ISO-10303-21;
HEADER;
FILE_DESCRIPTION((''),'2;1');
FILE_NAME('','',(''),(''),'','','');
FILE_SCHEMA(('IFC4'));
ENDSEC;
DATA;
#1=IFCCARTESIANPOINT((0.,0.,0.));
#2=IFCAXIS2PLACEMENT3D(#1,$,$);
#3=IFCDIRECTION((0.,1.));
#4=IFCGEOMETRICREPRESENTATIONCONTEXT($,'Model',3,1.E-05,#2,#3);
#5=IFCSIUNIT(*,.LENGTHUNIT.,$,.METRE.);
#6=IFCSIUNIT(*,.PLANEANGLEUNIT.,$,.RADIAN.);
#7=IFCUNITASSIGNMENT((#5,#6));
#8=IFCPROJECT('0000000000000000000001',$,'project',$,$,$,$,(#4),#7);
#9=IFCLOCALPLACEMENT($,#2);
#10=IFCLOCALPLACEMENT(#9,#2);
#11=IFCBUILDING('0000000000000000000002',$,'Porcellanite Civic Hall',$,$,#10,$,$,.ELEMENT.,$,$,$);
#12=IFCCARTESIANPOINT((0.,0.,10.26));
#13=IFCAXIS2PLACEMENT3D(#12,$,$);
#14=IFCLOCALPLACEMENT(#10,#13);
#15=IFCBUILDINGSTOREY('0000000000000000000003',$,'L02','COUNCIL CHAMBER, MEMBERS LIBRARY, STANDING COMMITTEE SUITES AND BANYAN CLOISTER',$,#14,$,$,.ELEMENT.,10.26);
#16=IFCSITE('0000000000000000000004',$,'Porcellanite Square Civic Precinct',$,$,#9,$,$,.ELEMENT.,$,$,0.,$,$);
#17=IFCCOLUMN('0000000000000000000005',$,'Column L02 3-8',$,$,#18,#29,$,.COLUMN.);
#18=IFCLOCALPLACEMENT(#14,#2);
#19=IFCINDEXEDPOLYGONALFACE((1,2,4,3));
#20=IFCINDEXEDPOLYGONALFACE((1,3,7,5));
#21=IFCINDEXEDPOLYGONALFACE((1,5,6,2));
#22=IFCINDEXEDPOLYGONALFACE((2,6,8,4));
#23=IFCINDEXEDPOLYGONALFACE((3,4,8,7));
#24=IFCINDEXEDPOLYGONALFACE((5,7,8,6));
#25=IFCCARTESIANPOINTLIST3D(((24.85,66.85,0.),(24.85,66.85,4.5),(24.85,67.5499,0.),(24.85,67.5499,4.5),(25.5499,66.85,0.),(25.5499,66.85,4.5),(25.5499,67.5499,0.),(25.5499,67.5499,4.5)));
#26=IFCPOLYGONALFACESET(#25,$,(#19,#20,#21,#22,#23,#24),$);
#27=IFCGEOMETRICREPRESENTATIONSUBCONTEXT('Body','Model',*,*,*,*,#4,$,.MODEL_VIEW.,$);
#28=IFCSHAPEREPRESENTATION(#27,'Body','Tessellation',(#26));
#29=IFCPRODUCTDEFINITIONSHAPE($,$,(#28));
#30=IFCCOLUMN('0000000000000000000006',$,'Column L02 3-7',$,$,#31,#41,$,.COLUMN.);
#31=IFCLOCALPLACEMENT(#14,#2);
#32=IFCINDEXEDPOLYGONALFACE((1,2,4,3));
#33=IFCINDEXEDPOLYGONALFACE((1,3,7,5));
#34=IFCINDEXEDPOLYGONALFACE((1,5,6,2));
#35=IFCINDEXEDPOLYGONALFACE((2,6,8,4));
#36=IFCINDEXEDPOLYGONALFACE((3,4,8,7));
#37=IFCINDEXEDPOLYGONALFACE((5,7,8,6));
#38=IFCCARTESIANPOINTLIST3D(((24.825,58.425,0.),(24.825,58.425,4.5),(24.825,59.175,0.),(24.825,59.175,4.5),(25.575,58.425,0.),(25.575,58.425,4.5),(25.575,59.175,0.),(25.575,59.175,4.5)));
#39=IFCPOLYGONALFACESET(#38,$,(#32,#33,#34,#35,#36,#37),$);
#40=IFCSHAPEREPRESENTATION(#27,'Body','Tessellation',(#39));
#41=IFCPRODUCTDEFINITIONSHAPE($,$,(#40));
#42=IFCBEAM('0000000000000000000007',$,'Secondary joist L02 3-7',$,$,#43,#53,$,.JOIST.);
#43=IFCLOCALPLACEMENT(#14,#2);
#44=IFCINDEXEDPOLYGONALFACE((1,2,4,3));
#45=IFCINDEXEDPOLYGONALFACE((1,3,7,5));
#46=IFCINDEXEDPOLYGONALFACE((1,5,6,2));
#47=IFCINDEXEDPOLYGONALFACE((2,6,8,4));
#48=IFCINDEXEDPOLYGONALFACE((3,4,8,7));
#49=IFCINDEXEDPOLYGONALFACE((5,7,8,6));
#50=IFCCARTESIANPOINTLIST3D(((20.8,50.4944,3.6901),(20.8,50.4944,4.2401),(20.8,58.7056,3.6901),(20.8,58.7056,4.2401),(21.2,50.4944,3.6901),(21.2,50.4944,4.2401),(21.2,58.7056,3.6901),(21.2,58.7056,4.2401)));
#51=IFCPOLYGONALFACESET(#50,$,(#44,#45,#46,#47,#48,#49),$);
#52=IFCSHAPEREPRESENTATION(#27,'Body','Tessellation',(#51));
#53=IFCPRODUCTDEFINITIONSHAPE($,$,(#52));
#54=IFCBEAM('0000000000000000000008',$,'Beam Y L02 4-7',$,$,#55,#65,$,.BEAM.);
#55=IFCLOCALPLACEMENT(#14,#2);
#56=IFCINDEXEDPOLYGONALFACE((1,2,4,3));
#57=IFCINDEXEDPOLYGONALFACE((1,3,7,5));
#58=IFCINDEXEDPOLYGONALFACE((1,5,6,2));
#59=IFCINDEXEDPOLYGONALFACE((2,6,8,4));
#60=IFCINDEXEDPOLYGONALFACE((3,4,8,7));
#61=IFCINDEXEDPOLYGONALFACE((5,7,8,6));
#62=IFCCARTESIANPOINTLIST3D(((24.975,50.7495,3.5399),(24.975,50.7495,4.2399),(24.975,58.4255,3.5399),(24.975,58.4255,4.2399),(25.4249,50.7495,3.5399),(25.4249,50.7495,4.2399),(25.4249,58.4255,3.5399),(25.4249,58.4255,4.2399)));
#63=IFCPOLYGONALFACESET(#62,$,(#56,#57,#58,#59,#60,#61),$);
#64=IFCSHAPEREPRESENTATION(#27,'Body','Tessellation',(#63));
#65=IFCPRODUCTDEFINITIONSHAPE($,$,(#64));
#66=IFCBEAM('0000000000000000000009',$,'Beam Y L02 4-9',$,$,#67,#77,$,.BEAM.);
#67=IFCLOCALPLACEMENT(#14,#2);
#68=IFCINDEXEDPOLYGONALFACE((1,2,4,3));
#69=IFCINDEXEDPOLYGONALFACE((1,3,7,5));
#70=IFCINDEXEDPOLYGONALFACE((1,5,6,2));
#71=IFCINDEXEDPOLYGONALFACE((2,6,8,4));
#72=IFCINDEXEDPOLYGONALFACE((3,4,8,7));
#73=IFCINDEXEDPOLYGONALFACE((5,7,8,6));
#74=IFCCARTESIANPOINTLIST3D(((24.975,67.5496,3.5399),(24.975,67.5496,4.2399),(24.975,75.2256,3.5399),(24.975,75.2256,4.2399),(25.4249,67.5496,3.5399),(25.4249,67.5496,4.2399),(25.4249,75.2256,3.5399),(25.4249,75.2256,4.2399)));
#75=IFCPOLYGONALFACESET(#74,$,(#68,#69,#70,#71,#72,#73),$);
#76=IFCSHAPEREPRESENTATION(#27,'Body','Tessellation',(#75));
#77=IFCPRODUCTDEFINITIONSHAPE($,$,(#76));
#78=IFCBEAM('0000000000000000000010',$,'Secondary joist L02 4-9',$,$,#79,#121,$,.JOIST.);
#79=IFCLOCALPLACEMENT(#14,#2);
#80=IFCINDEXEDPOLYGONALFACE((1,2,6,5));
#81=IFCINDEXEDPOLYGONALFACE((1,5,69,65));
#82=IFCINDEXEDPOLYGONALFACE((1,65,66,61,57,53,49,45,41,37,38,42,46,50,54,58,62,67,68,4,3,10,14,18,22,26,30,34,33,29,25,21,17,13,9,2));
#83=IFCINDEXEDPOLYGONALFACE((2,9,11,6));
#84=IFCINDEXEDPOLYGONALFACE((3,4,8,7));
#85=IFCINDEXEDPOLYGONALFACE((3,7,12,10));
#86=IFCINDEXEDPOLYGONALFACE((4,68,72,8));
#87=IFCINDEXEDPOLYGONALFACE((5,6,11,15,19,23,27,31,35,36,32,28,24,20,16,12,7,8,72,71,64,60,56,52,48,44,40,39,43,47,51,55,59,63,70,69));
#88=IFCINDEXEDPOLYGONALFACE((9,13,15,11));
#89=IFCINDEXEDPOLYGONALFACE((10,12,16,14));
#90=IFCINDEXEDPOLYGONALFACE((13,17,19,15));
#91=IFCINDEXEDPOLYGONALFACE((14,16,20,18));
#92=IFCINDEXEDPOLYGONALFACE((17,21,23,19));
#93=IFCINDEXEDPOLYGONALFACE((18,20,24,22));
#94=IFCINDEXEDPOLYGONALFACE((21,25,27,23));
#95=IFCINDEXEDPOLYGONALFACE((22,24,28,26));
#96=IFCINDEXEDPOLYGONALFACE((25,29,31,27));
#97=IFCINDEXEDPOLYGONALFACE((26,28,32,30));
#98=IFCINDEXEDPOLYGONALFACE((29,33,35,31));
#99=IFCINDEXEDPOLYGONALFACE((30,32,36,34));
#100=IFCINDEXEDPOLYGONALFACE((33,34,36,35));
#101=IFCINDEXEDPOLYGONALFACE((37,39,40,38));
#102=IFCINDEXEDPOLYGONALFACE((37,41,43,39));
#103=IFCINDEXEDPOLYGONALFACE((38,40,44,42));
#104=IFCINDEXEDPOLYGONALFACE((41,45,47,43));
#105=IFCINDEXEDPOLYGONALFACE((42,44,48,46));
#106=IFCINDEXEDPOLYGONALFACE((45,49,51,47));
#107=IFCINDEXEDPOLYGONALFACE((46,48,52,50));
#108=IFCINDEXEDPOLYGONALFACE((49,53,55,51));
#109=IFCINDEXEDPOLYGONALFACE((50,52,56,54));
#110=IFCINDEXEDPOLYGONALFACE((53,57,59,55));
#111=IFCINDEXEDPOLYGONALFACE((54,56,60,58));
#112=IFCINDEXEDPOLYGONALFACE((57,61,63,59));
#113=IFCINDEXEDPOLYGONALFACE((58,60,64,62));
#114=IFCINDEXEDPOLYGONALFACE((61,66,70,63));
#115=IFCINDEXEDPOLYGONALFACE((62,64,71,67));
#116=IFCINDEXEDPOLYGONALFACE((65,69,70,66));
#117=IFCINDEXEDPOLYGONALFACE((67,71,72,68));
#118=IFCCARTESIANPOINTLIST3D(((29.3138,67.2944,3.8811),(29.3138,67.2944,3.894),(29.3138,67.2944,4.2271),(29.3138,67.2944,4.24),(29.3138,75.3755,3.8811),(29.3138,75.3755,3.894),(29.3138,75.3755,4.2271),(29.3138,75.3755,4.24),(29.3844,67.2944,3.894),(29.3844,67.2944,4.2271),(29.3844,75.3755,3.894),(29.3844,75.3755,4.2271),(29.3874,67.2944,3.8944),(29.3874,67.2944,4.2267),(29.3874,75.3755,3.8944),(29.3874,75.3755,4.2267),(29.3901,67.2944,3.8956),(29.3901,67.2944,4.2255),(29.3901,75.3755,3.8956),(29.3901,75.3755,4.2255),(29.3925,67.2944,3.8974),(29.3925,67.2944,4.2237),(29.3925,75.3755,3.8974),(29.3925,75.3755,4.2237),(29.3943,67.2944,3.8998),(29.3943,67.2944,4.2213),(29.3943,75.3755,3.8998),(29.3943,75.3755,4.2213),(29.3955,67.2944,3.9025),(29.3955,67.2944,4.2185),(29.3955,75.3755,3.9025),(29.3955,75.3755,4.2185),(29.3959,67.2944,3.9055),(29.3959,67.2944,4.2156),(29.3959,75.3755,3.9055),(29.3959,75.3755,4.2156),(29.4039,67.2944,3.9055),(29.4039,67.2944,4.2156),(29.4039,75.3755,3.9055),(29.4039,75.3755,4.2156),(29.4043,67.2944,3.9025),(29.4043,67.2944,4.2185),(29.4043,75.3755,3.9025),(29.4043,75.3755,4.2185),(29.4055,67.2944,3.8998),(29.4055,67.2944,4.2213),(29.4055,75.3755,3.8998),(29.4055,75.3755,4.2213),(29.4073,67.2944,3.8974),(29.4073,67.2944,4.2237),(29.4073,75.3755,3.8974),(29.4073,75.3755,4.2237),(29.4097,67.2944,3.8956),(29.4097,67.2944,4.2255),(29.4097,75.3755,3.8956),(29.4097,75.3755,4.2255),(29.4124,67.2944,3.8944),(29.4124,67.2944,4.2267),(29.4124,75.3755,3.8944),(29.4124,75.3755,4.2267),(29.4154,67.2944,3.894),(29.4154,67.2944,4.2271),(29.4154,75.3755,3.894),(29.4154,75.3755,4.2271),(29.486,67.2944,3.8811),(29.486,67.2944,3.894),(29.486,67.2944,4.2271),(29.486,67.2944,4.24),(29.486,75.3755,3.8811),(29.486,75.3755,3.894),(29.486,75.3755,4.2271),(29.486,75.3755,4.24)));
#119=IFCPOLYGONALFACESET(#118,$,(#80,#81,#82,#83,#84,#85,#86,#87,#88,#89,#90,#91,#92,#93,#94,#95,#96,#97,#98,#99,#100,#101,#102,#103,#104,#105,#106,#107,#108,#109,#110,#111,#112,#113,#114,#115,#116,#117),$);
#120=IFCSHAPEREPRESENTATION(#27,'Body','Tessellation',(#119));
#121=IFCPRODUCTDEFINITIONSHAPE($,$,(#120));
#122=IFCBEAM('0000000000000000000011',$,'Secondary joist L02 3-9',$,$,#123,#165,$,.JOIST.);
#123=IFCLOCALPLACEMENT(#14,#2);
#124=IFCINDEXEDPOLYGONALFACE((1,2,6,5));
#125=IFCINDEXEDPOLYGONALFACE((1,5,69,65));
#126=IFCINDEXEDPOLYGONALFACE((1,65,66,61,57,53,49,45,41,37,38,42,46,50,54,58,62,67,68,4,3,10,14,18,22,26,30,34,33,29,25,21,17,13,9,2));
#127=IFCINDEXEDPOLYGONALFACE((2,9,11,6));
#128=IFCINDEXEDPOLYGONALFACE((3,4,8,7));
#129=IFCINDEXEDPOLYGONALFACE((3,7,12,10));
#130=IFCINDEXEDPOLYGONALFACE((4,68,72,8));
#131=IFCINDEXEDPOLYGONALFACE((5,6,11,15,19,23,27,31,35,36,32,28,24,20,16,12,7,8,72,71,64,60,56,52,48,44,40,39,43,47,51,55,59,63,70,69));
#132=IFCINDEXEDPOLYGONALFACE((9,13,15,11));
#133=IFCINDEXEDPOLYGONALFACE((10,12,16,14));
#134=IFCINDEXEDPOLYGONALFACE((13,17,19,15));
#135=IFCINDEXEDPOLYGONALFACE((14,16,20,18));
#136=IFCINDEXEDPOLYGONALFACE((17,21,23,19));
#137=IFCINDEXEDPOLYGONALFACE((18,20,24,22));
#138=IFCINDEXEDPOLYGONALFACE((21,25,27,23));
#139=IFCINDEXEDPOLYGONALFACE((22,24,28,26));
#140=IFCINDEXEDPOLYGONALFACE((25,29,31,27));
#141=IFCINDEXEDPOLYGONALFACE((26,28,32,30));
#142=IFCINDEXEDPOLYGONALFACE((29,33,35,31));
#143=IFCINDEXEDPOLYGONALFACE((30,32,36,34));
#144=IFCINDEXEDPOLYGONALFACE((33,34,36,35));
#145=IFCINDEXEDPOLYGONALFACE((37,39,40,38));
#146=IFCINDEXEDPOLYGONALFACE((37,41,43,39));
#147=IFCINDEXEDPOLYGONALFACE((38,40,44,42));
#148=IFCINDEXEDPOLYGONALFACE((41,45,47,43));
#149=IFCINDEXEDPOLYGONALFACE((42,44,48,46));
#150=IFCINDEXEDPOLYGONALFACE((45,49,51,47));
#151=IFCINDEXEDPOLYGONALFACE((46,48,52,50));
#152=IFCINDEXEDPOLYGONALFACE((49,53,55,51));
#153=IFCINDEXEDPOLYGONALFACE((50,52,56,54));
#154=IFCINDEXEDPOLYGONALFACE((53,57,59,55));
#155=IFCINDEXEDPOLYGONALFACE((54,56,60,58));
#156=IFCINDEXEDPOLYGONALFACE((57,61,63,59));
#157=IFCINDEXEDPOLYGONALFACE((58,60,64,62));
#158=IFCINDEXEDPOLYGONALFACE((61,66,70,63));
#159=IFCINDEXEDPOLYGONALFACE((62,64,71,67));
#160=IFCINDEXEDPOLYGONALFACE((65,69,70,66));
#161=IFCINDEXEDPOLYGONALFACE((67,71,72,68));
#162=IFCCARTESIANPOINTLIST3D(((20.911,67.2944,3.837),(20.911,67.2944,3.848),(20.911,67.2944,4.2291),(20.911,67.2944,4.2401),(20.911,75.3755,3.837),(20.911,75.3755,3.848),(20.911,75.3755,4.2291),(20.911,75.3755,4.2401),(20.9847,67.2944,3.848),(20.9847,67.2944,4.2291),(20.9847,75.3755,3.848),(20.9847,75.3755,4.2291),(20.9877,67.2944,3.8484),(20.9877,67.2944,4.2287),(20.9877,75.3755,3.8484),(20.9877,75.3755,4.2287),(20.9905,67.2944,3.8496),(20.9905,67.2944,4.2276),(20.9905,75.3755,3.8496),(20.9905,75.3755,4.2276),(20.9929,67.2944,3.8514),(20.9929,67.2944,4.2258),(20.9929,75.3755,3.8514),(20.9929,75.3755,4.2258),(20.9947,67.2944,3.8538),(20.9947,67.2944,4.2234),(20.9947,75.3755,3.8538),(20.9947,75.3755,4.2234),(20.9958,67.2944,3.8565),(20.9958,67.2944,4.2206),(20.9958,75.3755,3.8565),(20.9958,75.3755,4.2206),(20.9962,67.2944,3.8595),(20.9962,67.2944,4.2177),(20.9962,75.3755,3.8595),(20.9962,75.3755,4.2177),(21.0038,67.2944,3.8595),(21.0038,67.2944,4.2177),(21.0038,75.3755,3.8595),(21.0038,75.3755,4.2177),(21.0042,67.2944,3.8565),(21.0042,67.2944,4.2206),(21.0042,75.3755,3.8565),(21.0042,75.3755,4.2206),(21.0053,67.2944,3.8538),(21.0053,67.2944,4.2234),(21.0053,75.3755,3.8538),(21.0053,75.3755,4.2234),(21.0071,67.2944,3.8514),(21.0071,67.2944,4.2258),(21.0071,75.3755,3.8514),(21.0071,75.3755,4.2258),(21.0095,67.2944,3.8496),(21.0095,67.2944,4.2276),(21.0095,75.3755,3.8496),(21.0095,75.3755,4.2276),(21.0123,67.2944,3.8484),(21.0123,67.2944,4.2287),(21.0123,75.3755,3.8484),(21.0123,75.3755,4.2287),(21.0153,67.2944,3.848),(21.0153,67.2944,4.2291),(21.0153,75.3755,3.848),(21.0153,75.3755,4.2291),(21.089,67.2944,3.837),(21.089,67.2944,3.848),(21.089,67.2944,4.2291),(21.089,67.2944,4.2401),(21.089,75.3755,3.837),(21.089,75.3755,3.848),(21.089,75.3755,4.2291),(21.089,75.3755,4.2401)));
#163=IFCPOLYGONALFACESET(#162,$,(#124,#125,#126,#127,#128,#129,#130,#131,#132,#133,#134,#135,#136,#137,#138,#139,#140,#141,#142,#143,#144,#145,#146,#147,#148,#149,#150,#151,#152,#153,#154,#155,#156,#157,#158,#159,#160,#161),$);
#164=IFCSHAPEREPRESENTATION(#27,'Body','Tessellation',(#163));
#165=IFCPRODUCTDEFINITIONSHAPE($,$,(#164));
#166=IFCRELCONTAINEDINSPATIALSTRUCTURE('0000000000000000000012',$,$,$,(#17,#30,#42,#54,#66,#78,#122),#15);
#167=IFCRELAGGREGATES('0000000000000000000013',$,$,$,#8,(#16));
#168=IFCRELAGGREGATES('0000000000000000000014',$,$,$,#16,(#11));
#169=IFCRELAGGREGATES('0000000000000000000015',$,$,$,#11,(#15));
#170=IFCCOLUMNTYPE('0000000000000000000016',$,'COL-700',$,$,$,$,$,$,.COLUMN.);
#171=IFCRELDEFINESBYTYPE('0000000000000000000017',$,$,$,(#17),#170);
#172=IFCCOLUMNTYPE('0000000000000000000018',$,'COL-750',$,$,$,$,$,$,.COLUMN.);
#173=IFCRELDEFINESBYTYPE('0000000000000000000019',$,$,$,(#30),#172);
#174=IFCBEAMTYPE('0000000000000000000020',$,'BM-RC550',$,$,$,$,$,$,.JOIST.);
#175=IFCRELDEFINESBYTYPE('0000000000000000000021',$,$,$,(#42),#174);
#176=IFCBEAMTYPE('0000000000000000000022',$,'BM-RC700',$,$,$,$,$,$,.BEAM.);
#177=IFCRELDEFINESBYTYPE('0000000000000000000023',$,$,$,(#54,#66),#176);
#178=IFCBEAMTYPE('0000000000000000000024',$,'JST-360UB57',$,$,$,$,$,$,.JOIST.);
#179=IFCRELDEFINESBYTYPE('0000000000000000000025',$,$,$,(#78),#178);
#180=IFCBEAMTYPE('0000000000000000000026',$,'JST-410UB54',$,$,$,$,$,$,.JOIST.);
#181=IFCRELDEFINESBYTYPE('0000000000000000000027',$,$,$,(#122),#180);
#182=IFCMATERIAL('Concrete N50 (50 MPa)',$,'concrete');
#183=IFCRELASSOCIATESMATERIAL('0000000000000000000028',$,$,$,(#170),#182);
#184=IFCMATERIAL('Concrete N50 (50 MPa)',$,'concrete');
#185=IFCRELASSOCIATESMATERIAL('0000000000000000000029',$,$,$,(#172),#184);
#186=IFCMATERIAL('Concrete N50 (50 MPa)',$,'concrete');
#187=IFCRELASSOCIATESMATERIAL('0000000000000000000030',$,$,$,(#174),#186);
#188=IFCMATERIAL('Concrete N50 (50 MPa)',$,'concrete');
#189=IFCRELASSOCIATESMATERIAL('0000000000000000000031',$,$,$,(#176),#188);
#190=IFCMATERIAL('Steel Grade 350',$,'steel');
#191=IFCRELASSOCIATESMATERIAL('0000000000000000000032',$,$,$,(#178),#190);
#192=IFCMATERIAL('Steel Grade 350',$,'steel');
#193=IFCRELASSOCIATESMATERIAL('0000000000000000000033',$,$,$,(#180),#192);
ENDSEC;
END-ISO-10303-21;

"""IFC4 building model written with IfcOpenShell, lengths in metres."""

from ifc_helpers import new_model, si_unit, direction, frame, origin, origin_2d, place, context, subcontext, project, spatial, rectangle, i_section, extrude, material, material_profile, profile_set, type_object, element, save


model = new_model("IFC4")

# Units and contexts
model_context = context("Model", 3, precision=1e-05, world=origin(), true_north=direction((0.0, 1.0)))
body_context = subcontext(model_context, "Body", "Model", "MODEL_VIEW")
ifc_project = project(units=[si_unit("LENGTHUNIT", "METRE"), si_unit("PLANEANGLEUNIT", "RADIAN")], contexts=[model_context])

# Site, building, storey
site_placement = place(None, origin())
site = spatial("IfcSite", under=ifc_project, at=site_placement, Name="Porcellanite Square Civic Precinct", CompositionType="ELEMENT", RefElevation=0.0)
building_placement = place(site_placement, origin())
building = spatial("IfcBuilding", under=site, at=building_placement, Name="Porcellanite Civic Hall", CompositionType="ELEMENT")
storey_placement = place(building_placement, frame((0.0, 0.0, 10.26)))
storey = spatial("IfcBuildingStorey", under=building, at=storey_placement, Name="L02", Description="COUNCIL CHAMBER, MEMBERS LIBRARY, STANDING COMMITTEE SUITES AND BANYAN CLOISTER", CompositionType="ELEMENT", Elevation=10.26)

# Columns
ifc_material_1 = material(Name="Concrete N50 (50 MPa)", Category="concrete")
ifc_material_profile_1 = material_profile(ifc_material_1, rectangle(XDim=0.7, YDim=0.7, at=origin_2d()), Name="RC-700x700")
ifc_profile_set_1 = profile_set([ifc_material_profile_1], Name="Concrete N50 (50 MPa)")
column_type_1 = type_object("IfcColumnType", Name="COL-700", PredefinedType="COLUMN", material=ifc_profile_set_1)
column_1_placement = place(storey_placement, frame((25.2, 67.2, 0.0), z_axis=(0.0, 0.0, 1.0), x_axis=(1.0, 0.0, 0.0)))
element("IfcColumn", 1, at=column_1_placement, inside=storey, type_object=column_type_1, Name="Column L02 3-8", PredefinedType="COLUMN", context=body_context, shape_type="SweptSolid", body=[
    extrude(rectangle(XDim=0.7, YDim=0.7, at=origin_2d()), origin(), (0.0, 0.0, 1.0), 4.5),
])
ifc_material_2 = material(Name="Concrete N50 (50 MPa)", Category="concrete")
ifc_material_profile_2 = material_profile(ifc_material_2, rectangle(XDim=0.75, YDim=0.75, at=origin_2d()), Name="RC-750x750")
ifc_profile_set_2 = profile_set([ifc_material_profile_2], Name="Concrete N50 (50 MPa)")
column_type_2 = type_object("IfcColumnType", Name="COL-750", PredefinedType="COLUMN", material=ifc_profile_set_2)
column_2_placement = place(storey_placement, frame((25.2, 58.8, 0.0), z_axis=(0.0, 0.0, 1.0), x_axis=(1.0, 0.0, 0.0)))
element("IfcColumn", 2, at=column_2_placement, inside=storey, type_object=column_type_2, Name="Column L02 3-7", PredefinedType="COLUMN", context=body_context, shape_type="SweptSolid", body=[
    extrude(rectangle(XDim=0.75, YDim=0.75, at=origin_2d()), origin(), (0.0, 0.0, 1.0), 4.5),
])

# Beams
ifc_material_3 = material(Name="Concrete N50 (50 MPa)", Category="concrete")
ifc_material_profile_3 = material_profile(ifc_material_3, rectangle(XDim=0.3999, YDim=0.55, at=origin_2d()), Name="RC-400x550")
ifc_profile_set_3 = profile_set([ifc_material_profile_3], Name="Concrete N50 (50 MPa)")
beam_type_1 = type_object("IfcBeamType", Name="BM-RC550", PredefinedType="JOIST", material=ifc_profile_set_3)
beam_1_placement = place(storey_placement, frame((21.0, 50.4944, 3.9651), z_axis=(0.0, 1.0, 0.0), x_axis=(-1.0, 0.0, 0.0)))
element("IfcBeam", 3, at=beam_1_placement, inside=storey, type_object=beam_type_1, Name="Secondary joist L02 3-7", PredefinedType="JOIST", context=body_context, shape_type="SweptSolid", body=[
    extrude(rectangle(XDim=0.3999, YDim=0.55, at=origin_2d()), origin(), (0.0, 0.0, 1.0), 8.2112),
])
ifc_material_4 = material(Name="Concrete N50 (50 MPa)", Category="concrete")
ifc_material_profile_4 = material_profile(ifc_material_4, rectangle(XDim=0.45, YDim=0.7, at=origin_2d()), Name="RC-450x700")
ifc_profile_set_4 = profile_set([ifc_material_profile_4], Name="Concrete N50 (50 MPa)")
beam_type_2 = type_object("IfcBeamType", Name="BM-RC700", PredefinedType="BEAM", material=ifc_profile_set_4)
for number, where, z_axis, x_axis, name in (
    (4, (25.2, 50.7495, 3.8899), (0.0, 1.0, 0.0), (-1.0, 0.0, 0.0), "Beam Y L02 4-7"),
    (5, (25.2, 67.5496, 3.8899), (0.0, 1.0, 0.0), (-1.0, 0.0, 0.0), "Beam Y L02 4-9"),
):
    element("IfcBeam", number, at=place(storey_placement, frame(where, z_axis=z_axis, x_axis=x_axis)), inside=storey, type_object=beam_type_2, Name=name, PredefinedType="BEAM", context=body_context, shape_type="SweptSolid", body=[
        extrude(rectangle(XDim=0.45, YDim=0.7, at=origin_2d()), origin(), (0.0, 0.0, 1.0), 7.676),
    ])
ifc_material_5 = material(Name="Steel Grade 350", Category="steel")
ifc_material_profile_5 = material_profile(ifc_material_5, i_section(OverallWidth=0.1721, OverallDepth=0.3589, WebThickness=0.0081, FlangeThickness=0.0129, FilletRadius=0.0115, at=origin_2d()), Name="360UB56.7")
ifc_profile_set_5 = profile_set([ifc_material_profile_5], Name="Steel Grade 350")
beam_type_3 = type_object("IfcBeamType", Name="JST-360UB57", PredefinedType="JOIST", material=ifc_profile_set_5)
beam_2_placement = place(storey_placement, frame((29.3999, 67.2944, 4.0605), z_axis=(0.0, 1.0, 0.0), x_axis=(-1.0, 0.0, 0.0)))
element("IfcBeam", 6, at=beam_2_placement, inside=storey, type_object=beam_type_3, Name="Secondary joist L02 4-9", PredefinedType="JOIST", context=body_context, shape_type="SweptSolid", body=[
    extrude(i_section(OverallWidth=0.1721, OverallDepth=0.3589, WebThickness=0.0081, FlangeThickness=0.0129, FilletRadius=0.0115, at=origin_2d()), origin(), (0.0, 0.0, 1.0), 8.0811),
])
ifc_material_6 = material(Name="Steel Grade 350", Category="steel")
ifc_material_profile_6 = material_profile(ifc_material_6, i_section(OverallWidth=0.178, OverallDepth=0.4031, WebThickness=0.0076, FlangeThickness=0.011, FilletRadius=0.0115, at=origin_2d()), Name="410UB53.7")
ifc_profile_set_6 = profile_set([ifc_material_profile_6], Name="Steel Grade 350")
beam_type_4 = type_object("IfcBeamType", Name="JST-410UB54", PredefinedType="JOIST", material=ifc_profile_set_6)
beam_3_placement = place(storey_placement, frame((21.0, 67.2944, 4.0386), z_axis=(0.0, 1.0, 0.0), x_axis=(-1.0, 0.0, 0.0)))
element("IfcBeam", 7, at=beam_3_placement, inside=storey, type_object=beam_type_4, Name="Secondary joist L02 3-9", PredefinedType="JOIST", context=body_context, shape_type="SweptSolid", body=[
    extrude(i_section(OverallWidth=0.178, OverallDepth=0.4031, WebThickness=0.0076, FlangeThickness=0.011, FilletRadius=0.0115, at=origin_2d()), origin(), (0.0, 0.0, 1.0), 8.0811),
])

save(model, "model.ifc")
